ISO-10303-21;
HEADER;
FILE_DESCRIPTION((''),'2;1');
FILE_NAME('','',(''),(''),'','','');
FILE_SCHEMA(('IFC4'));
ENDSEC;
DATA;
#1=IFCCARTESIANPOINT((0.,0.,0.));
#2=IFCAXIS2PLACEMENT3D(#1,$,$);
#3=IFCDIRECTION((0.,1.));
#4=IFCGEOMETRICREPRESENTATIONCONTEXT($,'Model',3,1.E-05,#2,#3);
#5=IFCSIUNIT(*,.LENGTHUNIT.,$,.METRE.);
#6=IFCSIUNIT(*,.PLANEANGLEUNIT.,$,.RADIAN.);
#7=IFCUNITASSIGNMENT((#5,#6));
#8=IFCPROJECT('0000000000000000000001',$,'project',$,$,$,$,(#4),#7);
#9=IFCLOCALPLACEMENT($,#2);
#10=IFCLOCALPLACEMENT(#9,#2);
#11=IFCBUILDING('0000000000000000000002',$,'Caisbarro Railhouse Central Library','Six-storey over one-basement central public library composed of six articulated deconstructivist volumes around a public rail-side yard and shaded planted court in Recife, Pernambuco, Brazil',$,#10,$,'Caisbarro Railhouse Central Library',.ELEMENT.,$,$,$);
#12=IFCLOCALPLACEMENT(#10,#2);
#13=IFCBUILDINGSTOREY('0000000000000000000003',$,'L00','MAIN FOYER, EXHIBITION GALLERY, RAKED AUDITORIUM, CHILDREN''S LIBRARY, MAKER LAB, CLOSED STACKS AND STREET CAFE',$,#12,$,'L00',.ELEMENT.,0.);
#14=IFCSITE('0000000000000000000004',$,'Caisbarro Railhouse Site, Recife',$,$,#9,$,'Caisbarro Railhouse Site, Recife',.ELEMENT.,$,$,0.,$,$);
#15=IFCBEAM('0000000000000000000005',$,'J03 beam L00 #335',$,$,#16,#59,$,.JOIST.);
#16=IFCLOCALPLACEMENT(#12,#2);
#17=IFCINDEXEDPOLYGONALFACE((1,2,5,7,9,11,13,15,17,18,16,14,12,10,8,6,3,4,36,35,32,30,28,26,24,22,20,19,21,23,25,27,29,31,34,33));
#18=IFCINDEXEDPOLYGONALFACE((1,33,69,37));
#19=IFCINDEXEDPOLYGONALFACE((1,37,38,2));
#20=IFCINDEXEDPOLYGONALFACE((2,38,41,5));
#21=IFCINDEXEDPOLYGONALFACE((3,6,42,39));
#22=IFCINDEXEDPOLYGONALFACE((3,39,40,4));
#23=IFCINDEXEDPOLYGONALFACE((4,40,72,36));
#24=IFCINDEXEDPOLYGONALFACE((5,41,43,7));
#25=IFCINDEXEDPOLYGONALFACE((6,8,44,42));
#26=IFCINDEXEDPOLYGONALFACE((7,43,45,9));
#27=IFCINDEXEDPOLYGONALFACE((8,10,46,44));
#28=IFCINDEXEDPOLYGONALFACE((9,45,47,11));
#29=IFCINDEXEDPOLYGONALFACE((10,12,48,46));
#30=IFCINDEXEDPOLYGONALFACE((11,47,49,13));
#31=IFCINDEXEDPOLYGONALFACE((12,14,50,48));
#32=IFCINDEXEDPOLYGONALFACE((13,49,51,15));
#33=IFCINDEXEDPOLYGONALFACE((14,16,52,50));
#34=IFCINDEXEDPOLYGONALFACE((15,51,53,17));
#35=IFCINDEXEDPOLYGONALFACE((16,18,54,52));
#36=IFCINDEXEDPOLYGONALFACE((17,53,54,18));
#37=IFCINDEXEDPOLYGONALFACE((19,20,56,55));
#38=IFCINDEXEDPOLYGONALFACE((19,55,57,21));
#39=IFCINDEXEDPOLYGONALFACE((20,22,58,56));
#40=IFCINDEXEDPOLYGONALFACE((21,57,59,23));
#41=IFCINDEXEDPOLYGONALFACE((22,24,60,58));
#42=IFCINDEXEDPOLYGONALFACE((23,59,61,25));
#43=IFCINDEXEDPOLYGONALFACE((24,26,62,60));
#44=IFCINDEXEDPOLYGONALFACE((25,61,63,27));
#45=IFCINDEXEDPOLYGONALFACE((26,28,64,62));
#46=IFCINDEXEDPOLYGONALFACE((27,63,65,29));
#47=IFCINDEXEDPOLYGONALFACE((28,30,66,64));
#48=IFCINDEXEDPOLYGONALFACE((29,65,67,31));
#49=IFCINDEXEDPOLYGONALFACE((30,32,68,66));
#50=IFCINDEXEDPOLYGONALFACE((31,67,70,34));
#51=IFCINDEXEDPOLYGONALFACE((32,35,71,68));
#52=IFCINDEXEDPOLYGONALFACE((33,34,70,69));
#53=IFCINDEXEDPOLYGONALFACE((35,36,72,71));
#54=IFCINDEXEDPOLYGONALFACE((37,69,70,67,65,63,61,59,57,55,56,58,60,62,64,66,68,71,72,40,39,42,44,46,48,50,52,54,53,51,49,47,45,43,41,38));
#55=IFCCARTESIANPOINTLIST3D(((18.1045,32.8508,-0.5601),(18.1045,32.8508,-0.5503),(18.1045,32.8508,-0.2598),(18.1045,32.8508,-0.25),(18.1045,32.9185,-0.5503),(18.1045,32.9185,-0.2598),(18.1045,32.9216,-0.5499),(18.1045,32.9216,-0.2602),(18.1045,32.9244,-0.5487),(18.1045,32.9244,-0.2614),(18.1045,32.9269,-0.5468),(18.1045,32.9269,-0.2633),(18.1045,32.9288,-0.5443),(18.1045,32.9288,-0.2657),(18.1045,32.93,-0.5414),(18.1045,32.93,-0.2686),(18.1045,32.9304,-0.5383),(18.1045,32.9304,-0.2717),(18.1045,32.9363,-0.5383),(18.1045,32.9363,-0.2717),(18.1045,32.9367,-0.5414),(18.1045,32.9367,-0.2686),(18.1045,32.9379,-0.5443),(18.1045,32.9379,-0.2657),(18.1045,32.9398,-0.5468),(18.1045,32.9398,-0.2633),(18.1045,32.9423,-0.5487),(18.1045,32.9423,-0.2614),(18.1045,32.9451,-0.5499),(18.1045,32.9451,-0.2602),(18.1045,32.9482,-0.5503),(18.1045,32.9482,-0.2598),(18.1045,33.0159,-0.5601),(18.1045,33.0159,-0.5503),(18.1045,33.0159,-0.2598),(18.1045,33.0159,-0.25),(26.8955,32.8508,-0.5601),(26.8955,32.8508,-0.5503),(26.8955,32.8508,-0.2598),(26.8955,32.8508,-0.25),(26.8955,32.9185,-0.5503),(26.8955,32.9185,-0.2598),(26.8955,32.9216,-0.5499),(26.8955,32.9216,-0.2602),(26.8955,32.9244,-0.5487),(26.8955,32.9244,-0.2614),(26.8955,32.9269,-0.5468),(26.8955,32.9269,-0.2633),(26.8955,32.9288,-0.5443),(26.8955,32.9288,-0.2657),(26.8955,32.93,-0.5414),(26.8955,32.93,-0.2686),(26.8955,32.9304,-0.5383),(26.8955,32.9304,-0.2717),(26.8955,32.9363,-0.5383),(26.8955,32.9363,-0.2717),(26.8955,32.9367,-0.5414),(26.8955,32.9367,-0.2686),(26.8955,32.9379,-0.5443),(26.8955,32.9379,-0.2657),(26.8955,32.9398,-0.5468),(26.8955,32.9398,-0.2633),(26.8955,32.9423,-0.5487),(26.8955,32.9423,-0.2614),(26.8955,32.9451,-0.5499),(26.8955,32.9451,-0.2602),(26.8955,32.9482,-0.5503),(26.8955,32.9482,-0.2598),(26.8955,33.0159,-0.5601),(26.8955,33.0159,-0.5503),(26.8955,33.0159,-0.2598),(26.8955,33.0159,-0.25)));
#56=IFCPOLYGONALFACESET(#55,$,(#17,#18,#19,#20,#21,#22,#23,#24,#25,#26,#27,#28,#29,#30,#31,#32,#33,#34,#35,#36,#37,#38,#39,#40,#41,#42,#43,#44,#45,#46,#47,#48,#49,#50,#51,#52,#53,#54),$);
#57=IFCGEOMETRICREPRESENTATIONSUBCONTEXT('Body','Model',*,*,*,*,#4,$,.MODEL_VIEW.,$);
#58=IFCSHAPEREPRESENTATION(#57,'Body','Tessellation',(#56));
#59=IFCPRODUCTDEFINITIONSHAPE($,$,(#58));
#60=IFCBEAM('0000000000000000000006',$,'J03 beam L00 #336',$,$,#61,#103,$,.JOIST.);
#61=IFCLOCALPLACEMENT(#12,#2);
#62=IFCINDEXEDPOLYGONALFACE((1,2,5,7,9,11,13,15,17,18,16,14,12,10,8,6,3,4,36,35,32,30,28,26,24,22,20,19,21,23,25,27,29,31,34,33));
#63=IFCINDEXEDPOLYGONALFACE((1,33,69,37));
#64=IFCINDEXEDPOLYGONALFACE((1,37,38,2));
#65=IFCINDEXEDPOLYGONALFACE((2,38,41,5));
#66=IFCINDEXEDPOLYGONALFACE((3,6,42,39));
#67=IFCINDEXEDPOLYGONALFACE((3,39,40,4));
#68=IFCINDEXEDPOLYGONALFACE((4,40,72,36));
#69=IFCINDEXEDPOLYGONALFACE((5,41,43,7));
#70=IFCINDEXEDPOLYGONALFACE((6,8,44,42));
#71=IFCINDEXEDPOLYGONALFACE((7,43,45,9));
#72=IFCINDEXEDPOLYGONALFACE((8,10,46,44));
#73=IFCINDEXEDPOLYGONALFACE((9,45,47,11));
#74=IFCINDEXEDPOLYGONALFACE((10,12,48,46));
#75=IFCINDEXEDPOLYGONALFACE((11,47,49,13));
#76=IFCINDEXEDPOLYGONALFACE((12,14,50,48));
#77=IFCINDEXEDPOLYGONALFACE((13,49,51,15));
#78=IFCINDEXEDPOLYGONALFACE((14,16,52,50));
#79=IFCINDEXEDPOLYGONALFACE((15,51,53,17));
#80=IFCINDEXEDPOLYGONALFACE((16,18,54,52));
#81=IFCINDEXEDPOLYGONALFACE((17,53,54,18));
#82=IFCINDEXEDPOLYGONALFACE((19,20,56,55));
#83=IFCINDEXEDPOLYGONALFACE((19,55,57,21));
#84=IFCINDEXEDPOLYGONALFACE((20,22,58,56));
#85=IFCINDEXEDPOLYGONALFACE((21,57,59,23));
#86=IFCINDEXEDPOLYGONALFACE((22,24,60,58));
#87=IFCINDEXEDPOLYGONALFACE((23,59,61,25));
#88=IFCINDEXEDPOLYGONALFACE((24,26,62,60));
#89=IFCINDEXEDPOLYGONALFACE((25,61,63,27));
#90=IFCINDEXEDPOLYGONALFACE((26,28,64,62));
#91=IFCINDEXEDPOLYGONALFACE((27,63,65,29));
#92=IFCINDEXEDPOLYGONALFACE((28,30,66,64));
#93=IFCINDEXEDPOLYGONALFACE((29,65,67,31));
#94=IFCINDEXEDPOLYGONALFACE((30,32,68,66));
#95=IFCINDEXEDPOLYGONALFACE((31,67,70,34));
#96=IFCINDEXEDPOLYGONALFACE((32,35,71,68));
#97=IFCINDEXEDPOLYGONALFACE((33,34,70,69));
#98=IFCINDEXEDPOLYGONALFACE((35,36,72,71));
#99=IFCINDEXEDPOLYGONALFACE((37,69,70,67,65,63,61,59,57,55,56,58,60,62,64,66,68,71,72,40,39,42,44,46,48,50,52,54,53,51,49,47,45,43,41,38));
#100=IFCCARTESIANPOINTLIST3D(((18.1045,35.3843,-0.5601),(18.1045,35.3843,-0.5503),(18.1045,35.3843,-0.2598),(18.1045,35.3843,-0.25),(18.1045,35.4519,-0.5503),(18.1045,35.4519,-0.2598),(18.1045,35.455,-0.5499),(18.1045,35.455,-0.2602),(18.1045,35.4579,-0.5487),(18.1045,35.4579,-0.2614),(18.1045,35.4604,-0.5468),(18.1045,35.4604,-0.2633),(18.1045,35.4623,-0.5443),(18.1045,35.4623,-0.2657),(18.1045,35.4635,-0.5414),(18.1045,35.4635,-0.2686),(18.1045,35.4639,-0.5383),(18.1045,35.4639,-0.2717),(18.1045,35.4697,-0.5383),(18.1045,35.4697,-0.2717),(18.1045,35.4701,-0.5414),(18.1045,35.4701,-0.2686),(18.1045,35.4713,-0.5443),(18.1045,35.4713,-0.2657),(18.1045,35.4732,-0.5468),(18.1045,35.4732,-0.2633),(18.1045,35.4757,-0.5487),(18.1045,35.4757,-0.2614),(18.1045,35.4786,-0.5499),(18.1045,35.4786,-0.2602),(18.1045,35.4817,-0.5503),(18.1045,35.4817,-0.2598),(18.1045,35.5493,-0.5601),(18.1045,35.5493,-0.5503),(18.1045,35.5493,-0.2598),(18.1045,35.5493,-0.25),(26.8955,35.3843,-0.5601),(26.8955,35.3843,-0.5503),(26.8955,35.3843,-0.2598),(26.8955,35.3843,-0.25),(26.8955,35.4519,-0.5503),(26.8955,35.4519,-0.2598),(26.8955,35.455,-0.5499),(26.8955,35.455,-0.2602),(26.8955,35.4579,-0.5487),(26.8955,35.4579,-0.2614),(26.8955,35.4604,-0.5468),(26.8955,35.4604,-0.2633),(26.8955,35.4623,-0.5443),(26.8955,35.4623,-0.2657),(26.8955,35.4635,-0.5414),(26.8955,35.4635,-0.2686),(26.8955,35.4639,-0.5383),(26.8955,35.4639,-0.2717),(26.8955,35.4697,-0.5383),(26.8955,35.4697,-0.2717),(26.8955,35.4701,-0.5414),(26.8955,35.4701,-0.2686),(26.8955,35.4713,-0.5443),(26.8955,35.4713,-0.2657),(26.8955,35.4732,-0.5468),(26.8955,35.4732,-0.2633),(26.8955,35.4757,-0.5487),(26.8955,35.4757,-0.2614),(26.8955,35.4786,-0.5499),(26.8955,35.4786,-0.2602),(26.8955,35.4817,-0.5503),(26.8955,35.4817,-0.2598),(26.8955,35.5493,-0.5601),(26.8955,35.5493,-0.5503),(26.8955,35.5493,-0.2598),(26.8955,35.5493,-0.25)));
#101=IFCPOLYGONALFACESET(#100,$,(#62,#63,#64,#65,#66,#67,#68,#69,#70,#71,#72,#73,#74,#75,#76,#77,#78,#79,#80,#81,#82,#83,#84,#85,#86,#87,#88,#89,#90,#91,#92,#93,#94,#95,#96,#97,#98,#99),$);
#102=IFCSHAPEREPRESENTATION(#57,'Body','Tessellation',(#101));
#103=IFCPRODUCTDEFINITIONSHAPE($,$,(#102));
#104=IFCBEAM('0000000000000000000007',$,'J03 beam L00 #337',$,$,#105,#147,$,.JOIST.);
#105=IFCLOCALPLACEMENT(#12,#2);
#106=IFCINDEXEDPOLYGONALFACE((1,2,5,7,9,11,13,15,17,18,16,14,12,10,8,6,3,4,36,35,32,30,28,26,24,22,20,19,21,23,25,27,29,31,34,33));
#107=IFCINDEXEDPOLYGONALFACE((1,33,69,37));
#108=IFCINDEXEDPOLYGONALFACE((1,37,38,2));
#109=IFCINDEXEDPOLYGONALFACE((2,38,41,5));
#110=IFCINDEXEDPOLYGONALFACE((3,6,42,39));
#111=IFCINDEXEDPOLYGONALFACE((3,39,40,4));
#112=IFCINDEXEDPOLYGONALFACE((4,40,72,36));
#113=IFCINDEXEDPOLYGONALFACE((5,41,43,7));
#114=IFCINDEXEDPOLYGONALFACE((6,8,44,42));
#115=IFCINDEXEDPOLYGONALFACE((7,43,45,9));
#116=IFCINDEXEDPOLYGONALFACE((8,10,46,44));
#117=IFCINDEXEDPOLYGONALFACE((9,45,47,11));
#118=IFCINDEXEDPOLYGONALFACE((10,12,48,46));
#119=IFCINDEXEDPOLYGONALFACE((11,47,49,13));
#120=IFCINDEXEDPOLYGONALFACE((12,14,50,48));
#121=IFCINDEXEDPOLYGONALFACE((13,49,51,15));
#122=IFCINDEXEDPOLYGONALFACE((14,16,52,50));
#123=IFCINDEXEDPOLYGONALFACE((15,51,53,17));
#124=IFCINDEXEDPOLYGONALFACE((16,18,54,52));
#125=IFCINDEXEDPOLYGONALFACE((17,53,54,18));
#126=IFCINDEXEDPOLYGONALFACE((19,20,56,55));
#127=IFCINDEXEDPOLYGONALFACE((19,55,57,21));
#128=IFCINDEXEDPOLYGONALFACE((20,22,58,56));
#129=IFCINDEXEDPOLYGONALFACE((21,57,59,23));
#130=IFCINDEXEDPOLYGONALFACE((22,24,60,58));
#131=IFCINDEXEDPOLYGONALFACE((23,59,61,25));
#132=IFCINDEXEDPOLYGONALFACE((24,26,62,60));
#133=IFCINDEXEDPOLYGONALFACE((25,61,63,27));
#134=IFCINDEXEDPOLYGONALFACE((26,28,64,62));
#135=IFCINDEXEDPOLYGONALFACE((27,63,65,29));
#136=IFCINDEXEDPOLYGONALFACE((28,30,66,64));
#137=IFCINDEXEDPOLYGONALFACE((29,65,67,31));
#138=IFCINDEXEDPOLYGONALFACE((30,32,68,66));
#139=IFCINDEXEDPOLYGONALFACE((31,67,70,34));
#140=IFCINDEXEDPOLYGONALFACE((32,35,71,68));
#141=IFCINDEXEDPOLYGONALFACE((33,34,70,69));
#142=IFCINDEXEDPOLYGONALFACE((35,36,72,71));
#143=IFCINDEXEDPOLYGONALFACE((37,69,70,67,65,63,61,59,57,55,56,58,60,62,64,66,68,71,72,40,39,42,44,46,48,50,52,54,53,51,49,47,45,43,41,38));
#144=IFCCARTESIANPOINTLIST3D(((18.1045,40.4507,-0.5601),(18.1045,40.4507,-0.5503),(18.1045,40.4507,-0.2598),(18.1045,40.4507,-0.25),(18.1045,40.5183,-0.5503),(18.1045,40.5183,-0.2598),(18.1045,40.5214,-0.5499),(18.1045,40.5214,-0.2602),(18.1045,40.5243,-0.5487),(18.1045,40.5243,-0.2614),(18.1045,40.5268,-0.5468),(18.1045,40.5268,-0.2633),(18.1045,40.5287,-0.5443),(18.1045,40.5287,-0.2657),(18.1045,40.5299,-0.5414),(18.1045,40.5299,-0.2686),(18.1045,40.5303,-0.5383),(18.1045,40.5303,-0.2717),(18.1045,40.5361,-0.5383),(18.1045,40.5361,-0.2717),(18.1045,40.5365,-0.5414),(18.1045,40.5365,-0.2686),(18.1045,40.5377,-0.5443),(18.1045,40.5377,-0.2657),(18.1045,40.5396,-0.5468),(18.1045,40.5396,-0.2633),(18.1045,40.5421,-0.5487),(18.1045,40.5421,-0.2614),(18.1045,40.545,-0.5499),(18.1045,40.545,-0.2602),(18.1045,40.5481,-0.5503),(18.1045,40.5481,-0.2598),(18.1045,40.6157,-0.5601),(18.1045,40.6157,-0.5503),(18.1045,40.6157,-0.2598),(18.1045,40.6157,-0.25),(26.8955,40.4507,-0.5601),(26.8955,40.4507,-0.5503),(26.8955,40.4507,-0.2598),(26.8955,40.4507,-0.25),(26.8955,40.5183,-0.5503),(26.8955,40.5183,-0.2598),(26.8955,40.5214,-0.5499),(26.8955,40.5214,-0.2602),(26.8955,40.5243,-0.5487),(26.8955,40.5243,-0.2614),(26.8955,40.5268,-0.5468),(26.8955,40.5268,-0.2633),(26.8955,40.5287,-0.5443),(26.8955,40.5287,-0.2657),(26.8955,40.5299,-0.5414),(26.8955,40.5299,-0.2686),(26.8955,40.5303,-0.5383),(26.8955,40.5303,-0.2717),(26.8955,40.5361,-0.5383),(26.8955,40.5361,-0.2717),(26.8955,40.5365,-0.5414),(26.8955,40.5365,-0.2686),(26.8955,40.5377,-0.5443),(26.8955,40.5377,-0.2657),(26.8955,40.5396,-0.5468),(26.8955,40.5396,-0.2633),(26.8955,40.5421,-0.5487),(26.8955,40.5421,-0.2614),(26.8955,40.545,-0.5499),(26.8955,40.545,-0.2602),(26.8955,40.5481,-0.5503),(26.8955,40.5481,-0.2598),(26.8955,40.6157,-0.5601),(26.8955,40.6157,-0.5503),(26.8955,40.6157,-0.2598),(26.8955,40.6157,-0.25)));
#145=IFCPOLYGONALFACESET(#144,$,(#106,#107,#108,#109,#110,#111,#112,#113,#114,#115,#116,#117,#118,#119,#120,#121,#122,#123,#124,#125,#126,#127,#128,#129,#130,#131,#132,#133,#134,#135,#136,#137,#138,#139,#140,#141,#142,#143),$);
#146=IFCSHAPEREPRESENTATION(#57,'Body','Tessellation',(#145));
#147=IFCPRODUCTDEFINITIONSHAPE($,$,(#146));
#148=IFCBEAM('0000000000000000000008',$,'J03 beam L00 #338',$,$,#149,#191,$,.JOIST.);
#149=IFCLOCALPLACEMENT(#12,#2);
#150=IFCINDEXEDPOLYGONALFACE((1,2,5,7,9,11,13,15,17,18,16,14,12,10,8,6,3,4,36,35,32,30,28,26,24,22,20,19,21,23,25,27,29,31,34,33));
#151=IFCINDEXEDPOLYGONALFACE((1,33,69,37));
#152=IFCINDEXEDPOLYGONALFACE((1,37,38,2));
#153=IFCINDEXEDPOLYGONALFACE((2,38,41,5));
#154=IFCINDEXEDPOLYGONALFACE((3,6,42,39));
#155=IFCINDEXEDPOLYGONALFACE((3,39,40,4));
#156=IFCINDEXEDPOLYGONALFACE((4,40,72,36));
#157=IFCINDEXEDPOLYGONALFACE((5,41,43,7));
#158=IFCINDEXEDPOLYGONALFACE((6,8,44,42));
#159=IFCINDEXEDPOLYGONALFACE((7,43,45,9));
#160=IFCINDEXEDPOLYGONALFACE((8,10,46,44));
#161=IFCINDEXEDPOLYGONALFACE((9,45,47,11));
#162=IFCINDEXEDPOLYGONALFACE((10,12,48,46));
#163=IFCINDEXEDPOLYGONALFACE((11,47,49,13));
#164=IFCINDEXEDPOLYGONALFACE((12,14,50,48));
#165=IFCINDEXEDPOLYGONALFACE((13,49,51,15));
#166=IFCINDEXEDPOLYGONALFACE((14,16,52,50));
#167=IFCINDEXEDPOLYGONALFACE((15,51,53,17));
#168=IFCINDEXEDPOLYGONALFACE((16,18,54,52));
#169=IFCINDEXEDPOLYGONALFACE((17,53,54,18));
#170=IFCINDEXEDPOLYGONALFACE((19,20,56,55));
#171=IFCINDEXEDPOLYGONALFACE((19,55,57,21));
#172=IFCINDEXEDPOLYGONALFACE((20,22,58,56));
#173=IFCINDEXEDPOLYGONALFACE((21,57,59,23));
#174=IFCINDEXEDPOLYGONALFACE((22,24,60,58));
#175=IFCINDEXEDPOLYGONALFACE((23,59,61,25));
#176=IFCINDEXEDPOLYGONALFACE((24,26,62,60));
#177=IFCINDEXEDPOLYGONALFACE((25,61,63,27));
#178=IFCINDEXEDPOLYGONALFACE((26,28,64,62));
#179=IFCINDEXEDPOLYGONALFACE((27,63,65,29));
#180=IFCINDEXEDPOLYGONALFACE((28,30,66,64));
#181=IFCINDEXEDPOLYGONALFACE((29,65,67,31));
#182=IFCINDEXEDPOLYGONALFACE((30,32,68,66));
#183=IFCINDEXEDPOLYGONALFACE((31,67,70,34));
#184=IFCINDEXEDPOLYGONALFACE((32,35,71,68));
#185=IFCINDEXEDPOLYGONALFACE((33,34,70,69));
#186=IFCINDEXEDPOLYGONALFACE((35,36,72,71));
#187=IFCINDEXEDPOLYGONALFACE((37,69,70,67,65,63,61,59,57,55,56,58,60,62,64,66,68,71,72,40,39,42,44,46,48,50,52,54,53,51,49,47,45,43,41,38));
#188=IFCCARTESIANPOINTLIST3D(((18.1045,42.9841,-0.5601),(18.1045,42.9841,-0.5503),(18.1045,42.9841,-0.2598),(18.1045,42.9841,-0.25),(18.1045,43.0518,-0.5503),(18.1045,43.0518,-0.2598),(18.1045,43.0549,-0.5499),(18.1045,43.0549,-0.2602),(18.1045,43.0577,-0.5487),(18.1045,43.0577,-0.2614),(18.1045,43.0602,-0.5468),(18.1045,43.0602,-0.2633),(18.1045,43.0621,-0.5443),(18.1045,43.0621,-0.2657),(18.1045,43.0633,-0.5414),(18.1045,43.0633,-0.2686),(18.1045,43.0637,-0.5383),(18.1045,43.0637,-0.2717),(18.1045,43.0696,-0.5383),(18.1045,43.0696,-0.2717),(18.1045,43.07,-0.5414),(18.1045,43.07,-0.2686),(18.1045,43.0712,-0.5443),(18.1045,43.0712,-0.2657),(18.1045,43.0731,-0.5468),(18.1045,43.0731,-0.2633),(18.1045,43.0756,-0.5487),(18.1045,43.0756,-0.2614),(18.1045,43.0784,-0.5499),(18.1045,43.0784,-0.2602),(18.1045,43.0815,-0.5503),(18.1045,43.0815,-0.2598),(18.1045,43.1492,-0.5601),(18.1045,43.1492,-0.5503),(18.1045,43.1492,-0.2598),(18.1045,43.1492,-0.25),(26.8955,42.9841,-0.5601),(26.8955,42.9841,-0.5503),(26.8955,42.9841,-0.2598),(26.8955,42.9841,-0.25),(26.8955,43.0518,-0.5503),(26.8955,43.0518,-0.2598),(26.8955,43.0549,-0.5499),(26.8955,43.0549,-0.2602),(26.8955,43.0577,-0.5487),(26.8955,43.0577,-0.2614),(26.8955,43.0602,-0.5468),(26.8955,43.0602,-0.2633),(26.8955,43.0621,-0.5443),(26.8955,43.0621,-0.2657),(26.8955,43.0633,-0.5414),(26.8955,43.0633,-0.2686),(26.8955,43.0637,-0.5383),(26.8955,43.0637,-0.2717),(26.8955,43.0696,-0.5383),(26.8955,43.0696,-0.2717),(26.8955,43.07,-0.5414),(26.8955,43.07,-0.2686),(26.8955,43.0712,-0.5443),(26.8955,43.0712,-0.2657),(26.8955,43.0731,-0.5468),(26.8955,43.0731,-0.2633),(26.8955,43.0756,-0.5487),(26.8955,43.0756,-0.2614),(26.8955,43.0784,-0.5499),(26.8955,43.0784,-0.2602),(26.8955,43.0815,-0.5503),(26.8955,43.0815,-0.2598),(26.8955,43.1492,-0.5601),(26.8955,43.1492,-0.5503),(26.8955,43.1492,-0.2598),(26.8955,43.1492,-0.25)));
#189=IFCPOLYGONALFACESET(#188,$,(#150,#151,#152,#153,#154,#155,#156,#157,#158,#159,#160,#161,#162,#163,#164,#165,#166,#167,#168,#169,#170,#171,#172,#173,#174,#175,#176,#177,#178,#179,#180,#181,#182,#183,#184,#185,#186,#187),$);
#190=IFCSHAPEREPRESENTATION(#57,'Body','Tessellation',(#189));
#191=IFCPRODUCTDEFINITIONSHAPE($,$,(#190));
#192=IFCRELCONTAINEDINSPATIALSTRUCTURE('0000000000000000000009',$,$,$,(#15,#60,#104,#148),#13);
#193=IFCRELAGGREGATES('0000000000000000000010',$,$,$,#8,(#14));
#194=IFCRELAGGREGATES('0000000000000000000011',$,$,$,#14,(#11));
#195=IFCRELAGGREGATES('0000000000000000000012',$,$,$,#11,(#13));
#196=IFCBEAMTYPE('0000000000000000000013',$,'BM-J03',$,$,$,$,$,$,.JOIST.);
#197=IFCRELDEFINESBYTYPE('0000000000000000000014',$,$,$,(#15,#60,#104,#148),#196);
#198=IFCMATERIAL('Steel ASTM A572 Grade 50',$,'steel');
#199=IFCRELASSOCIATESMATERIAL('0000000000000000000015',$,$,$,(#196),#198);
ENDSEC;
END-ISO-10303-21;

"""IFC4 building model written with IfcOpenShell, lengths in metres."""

from ifc_helpers import new_model, si_unit, direction, frame, origin, origin_2d, place, context, subcontext, project, spatial, i_section, extrude, material, material_profile, profile_set, type_object, element, save


model = new_model("IFC4")

# Units and contexts
model_context = context("Model", 3, precision=1e-05, world=origin(), true_north=direction((0.0, 1.0)))
body_context = subcontext(model_context, "Body", "Model", "MODEL_VIEW")
ifc_project = project(units=[si_unit("LENGTHUNIT", "METRE"), si_unit("PLANEANGLEUNIT", "RADIAN")], contexts=[model_context])

# Site, building, storey
site_placement = place(None, origin())
site = spatial("IfcSite", under=ifc_project, at=site_placement, Name="Caisbarro Railhouse Site, Recife", LongName="Caisbarro Railhouse Site, Recife", CompositionType="ELEMENT", RefElevation=0.0)
building_placement = place(site_placement, origin())
building = spatial("IfcBuilding", under=site, at=building_placement, Name="Caisbarro Railhouse Central Library", Description="Six-storey over one-basement central public library composed of six articulated deconstructivist volumes around a public rail-side yard and shaded planted court in Recife, Pernambuco, Brazil", LongName="Caisbarro Railhouse Central Library", CompositionType="ELEMENT")
storey_placement = place(building_placement, origin())
storey = spatial("IfcBuildingStorey", under=building, at=storey_placement, Name="L00", Description="MAIN FOYER, EXHIBITION GALLERY, RAKED AUDITORIUM, CHILDREN'S LIBRARY, MAKER LAB, CLOSED STACKS AND STREET CAFE", LongName="L00", CompositionType="ELEMENT", Elevation=0.0)

# Shared definitions
ifc_material_1 = material(Name="Steel ASTM A572 Grade 50", Category="steel")

# Beams
ifc_material_profile_1 = material_profile(ifc_material_1, i_section(OverallWidth=0.165, OverallDepth=0.3101, WebThickness=0.0059, FlangeThickness=0.0098, FilletRadius=0.012, at=origin_2d()), Name="W310X38.7")
ifc_profile_set_1 = profile_set([ifc_material_profile_1], Name="Steel ASTM A572 Grade 50")
beam_type_1 = type_object("IfcBeamType", Name="BM-J03", PredefinedType="JOIST", material=ifc_profile_set_1)
for number, where, z_axis, x_axis, name in (
    (1, (18.1045, 32.9333, -0.405), (1.0, 0.0, 0.0), (0.0, 1.0, 0.0), "J03 beam L00 #335"),
    (2, (18.1045, 35.4668, -0.405), (1.0, 0.0, 0.0), (0.0, 1.0, 0.0), "J03 beam L00 #336"),
    (3, (18.1045, 40.5332, -0.405), (1.0, 0.0, 0.0), (0.0, 1.0, 0.0), "J03 beam L00 #337"),
    (4, (18.1045, 43.0667, -0.405), (1.0, 0.0, 0.0), (0.0, 1.0, 0.0), "J03 beam L00 #338"),
):
    element("IfcBeam", number, at=place(storey_placement, frame(where, z_axis=z_axis, x_axis=x_axis)), inside=storey, type_object=beam_type_1, Name=name, PredefinedType="JOIST", context=body_context, shape_type="SweptSolid", body=[
        extrude(i_section(OverallWidth=0.165, OverallDepth=0.3101, WebThickness=0.0059, FlangeThickness=0.0098, FilletRadius=0.012, at=origin_2d()), origin(), (0.0, 0.0, 1.0), 8.791),
    ])

save(model, "model.ifc")
